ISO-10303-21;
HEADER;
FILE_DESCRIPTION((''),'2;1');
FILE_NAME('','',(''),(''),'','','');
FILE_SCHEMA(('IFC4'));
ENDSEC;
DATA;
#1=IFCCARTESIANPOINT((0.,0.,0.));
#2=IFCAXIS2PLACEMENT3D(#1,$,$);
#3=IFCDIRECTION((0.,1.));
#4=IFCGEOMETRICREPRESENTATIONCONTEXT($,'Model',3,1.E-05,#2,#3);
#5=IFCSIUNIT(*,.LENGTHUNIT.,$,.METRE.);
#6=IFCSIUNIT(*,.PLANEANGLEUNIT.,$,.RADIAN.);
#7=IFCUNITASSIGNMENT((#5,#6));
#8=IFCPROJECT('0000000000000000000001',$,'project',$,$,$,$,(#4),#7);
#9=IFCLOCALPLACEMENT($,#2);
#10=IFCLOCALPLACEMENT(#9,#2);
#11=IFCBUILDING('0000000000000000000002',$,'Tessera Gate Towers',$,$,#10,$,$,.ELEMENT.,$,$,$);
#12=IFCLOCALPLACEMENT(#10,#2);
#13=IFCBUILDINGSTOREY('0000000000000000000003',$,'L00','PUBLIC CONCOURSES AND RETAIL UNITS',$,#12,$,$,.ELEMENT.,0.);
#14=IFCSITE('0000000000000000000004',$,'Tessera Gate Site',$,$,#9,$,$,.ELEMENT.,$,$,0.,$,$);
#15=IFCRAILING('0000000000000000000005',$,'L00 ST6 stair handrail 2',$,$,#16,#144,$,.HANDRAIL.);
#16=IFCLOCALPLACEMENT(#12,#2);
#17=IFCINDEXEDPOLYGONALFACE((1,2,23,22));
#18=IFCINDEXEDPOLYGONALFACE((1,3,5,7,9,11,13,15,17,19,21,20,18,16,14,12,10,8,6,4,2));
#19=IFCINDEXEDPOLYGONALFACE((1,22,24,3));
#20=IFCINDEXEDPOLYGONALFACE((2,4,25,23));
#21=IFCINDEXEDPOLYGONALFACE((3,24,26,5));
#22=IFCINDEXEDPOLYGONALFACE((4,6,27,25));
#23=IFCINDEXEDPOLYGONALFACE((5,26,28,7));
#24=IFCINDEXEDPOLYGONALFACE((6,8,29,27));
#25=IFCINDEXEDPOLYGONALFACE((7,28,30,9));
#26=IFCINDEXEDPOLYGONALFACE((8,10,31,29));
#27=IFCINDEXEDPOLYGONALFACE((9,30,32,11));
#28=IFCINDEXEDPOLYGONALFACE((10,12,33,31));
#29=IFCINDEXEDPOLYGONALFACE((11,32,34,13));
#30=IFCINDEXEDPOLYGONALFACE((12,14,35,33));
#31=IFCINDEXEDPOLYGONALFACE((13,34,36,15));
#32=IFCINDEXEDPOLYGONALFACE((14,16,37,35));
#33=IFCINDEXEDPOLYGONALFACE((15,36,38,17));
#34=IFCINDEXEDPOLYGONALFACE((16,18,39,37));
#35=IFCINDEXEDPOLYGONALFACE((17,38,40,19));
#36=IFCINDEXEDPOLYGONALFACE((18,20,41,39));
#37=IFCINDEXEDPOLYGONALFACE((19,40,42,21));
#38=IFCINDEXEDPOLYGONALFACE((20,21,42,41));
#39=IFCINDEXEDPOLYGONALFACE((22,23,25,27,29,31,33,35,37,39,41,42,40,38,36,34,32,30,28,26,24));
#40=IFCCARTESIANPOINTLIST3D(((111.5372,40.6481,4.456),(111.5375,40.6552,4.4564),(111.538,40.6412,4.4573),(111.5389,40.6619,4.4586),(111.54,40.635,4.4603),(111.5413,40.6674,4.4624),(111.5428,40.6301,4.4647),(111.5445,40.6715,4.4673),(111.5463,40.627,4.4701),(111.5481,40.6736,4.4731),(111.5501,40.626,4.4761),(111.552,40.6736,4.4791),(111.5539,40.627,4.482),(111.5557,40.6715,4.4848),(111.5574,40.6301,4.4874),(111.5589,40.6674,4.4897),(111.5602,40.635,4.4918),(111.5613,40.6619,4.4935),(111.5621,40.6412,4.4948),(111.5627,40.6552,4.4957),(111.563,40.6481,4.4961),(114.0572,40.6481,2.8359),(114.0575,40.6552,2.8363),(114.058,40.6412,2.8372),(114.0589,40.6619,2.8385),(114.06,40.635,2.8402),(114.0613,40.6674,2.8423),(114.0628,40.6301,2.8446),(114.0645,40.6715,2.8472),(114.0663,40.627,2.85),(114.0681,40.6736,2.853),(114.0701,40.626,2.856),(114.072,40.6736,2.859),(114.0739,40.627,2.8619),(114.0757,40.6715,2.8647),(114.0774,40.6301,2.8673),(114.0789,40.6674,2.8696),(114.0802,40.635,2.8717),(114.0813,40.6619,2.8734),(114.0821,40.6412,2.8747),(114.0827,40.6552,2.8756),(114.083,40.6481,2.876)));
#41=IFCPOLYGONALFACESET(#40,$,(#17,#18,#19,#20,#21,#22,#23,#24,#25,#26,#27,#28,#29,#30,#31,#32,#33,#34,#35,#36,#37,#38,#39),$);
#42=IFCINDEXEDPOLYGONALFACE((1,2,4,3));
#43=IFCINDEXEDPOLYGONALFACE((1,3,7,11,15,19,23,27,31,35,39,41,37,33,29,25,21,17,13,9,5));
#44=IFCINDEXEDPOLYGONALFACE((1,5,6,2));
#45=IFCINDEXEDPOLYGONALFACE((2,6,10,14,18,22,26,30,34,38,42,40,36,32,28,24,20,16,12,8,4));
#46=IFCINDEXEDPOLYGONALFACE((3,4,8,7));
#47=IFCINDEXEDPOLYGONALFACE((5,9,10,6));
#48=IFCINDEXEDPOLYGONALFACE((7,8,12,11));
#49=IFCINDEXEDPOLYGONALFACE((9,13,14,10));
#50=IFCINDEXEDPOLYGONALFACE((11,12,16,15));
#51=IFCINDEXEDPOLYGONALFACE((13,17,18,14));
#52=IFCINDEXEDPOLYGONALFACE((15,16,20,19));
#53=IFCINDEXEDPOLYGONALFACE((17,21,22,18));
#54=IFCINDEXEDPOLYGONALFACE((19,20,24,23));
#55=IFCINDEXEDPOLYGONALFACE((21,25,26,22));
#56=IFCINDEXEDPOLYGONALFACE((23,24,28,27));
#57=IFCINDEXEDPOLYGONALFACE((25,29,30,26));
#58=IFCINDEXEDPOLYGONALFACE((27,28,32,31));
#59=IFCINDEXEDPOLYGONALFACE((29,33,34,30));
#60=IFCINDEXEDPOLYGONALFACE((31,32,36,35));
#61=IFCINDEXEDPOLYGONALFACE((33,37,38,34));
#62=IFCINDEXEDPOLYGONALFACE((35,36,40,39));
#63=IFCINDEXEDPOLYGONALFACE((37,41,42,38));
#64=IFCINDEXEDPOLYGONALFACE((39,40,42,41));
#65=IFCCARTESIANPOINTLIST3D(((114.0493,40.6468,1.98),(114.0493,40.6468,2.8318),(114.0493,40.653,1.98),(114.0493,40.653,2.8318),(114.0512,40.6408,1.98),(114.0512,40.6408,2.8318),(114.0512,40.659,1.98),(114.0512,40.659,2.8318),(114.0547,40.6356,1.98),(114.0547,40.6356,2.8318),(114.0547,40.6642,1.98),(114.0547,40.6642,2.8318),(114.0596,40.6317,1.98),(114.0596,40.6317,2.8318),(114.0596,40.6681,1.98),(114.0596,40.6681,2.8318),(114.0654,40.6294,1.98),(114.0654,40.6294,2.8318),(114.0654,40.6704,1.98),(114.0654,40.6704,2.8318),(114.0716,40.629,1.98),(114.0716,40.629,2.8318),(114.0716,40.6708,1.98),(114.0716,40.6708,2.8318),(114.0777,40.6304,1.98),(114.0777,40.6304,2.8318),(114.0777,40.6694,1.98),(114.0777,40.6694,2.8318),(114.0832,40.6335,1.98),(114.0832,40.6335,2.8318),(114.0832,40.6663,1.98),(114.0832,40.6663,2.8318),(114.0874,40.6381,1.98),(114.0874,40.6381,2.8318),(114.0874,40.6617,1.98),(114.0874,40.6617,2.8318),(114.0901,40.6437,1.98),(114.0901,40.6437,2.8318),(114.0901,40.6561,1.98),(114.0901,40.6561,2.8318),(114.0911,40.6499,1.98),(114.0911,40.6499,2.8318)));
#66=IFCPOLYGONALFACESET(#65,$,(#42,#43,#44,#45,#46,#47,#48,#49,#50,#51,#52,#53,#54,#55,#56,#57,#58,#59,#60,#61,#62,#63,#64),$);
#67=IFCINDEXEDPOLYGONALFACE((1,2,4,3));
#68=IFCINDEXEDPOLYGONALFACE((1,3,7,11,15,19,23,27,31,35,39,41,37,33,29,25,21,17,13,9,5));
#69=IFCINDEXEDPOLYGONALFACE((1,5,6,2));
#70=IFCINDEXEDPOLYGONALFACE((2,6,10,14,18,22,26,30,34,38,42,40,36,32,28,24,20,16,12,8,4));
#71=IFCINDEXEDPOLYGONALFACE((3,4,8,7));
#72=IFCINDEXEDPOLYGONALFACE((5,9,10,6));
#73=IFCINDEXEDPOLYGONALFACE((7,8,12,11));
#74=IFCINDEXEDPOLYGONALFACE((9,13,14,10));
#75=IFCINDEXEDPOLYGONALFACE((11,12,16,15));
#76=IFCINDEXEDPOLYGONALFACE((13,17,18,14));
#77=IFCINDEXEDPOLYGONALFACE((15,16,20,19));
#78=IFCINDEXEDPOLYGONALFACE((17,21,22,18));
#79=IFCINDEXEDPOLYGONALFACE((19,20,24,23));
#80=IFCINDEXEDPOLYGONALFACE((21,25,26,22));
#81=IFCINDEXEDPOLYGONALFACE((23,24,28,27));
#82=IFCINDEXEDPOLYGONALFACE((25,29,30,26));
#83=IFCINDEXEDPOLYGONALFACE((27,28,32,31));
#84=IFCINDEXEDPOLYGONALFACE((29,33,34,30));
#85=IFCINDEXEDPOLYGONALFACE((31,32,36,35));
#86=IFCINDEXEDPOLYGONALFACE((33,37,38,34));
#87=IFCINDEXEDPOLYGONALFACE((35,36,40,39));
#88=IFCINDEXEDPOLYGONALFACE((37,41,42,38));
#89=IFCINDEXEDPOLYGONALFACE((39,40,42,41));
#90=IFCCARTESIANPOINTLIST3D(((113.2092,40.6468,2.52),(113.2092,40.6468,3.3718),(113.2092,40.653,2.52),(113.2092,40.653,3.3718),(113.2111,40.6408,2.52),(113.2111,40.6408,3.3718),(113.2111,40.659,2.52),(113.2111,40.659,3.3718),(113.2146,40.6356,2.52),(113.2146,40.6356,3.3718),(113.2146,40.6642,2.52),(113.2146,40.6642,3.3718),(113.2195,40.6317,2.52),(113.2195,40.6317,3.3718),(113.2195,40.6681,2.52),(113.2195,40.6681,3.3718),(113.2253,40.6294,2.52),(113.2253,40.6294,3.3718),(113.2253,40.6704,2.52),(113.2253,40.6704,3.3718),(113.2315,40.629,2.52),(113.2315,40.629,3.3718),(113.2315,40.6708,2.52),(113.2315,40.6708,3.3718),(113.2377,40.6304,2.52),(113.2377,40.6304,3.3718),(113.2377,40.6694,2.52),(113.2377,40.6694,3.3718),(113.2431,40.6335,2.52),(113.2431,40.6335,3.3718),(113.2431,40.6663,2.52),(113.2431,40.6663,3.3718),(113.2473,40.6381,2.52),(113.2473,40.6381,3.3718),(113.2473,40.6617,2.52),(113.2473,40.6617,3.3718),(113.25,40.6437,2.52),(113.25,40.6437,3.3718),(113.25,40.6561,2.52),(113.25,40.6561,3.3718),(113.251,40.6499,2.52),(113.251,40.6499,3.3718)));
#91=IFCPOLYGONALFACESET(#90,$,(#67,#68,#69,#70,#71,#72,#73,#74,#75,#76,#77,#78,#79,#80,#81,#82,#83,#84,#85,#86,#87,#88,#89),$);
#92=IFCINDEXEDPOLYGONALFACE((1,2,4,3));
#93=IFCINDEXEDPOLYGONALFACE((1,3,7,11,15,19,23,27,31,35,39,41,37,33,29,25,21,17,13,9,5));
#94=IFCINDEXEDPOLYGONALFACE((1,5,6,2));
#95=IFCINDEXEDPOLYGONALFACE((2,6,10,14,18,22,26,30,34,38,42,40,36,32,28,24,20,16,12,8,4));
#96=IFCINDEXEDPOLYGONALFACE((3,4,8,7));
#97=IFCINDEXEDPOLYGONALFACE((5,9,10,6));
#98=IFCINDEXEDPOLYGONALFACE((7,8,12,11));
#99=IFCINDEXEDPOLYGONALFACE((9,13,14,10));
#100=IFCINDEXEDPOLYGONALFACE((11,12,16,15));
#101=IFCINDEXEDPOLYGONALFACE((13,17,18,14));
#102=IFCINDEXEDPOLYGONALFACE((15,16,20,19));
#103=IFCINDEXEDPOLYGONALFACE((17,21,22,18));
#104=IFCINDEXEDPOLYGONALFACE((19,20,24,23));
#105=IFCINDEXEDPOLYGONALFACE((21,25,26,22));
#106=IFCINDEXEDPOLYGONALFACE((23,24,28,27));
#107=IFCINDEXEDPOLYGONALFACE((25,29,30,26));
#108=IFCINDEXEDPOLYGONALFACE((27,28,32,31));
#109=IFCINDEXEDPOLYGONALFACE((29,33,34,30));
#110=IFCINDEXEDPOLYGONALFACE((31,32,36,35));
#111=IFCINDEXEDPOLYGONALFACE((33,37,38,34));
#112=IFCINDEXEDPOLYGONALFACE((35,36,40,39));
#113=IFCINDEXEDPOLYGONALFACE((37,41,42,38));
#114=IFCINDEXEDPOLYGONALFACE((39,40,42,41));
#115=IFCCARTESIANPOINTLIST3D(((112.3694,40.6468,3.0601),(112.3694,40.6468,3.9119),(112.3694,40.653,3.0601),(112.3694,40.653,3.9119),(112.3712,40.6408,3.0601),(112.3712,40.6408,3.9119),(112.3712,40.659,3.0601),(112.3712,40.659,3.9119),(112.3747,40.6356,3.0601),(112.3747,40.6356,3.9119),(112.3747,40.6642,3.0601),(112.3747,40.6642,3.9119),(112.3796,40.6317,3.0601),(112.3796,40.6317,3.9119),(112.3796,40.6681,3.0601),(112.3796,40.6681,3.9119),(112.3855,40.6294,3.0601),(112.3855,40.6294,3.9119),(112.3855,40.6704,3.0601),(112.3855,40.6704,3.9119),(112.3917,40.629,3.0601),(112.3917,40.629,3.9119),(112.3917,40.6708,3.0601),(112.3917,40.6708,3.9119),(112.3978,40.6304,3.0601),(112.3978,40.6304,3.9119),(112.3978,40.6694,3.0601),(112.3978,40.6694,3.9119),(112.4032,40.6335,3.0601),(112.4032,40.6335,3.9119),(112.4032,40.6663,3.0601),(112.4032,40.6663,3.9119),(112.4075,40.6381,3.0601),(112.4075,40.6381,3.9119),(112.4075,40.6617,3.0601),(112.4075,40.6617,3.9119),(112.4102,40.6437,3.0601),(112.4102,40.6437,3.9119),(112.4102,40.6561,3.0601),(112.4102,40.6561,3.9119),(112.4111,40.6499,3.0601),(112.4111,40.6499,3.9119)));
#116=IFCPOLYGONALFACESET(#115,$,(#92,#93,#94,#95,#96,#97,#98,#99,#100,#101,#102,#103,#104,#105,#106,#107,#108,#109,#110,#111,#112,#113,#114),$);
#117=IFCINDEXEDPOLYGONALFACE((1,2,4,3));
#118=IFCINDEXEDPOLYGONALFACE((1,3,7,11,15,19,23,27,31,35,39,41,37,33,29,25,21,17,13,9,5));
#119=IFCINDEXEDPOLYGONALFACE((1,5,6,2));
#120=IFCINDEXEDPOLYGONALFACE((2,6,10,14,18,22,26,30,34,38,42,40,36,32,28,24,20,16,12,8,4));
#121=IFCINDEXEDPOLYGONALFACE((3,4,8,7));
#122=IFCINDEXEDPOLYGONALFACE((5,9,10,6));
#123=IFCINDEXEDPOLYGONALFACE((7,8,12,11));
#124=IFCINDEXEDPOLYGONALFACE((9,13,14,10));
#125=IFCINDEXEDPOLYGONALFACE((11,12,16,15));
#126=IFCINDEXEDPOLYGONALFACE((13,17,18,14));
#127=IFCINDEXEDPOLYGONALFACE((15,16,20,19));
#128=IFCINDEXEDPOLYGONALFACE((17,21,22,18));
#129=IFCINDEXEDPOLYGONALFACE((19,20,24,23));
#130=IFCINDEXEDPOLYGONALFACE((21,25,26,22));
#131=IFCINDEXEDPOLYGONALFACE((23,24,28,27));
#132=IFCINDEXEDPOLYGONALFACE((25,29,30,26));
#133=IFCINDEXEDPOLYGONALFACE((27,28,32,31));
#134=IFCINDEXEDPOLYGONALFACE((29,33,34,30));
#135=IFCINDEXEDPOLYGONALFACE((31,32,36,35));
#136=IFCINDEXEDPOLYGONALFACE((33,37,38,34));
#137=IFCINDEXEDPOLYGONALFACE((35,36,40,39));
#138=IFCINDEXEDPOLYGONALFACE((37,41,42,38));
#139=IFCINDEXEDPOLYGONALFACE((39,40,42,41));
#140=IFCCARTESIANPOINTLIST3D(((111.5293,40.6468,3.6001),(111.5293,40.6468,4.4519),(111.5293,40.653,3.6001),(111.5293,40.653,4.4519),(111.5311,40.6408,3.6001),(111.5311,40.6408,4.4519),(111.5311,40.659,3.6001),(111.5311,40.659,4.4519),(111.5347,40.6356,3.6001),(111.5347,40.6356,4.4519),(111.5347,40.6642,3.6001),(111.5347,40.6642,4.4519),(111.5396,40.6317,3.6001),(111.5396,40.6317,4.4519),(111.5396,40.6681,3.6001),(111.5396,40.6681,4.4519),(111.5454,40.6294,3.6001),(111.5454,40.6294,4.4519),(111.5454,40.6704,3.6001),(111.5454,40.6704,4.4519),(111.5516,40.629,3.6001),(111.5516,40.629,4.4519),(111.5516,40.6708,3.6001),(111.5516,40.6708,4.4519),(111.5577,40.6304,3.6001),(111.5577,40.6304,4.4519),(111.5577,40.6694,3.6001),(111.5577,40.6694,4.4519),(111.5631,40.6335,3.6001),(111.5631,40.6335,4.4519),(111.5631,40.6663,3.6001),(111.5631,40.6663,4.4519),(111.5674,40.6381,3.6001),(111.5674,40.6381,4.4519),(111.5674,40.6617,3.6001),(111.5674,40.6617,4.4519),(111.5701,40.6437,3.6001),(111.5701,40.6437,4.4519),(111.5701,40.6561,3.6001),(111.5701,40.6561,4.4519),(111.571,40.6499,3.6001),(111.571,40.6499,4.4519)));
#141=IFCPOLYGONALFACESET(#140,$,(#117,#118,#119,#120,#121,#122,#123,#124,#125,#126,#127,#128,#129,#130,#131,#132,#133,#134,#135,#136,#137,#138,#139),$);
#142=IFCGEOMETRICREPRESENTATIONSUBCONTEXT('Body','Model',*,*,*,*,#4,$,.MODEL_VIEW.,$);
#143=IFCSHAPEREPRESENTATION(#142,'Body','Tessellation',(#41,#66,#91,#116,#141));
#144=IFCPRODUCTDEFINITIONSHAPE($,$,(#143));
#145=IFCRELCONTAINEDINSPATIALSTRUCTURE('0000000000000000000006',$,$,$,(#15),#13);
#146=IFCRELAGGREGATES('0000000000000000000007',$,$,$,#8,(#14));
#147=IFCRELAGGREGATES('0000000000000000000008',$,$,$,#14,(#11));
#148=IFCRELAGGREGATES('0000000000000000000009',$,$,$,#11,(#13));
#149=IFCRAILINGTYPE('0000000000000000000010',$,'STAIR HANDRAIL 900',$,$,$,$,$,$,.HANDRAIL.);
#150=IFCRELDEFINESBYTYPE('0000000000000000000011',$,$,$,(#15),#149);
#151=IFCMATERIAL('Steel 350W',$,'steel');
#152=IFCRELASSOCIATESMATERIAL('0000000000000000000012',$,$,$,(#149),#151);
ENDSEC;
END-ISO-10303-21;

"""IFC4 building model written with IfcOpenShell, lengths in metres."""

from ifc_helpers import new_model, si_unit, direction, frame, origin, origin_2d, place, context, subcontext, project, spatial, circle, extrude, material, type_object, element, save


model = new_model("IFC4")

# Units and contexts
model_context = context("Model", 3, precision=1e-05, world=origin(), true_north=direction((0.0, 1.0)))
body_context = subcontext(model_context, "Body", "Model", "MODEL_VIEW")
ifc_project = project(units=[si_unit("LENGTHUNIT", "METRE"), si_unit("PLANEANGLEUNIT", "RADIAN")], contexts=[model_context])

# Site, building, storey
site_placement = place(None, origin())
site = spatial("IfcSite", under=ifc_project, at=site_placement, Name="Tessera Gate Site", CompositionType="ELEMENT", RefElevation=0.0)
building_placement = place(site_placement, origin())
building = spatial("IfcBuilding", under=site, at=building_placement, Name="Tessera Gate Towers", CompositionType="ELEMENT")
storey_placement = place(building_placement, origin())
storey = spatial("IfcBuildingStorey", under=building, at=storey_placement, Name="L00", Description="PUBLIC CONCOURSES AND RETAIL UNITS", CompositionType="ELEMENT", Elevation=0.0)

# Railing
ifc_material_1 = material(Name="Steel 350W", Category="steel")
railing_type_1 = type_object("IfcRailingType", Name="STAIR HANDRAIL 900", PredefinedType="HANDRAIL", material=ifc_material_1)
railing_1_placement = place(storey_placement, frame((114.0701, 40.6499, 1.98)))
element("IfcRailing", 1, at=railing_1_placement, inside=storey, type_object=railing_type_1, Name="L00 ST6 stair handrail 2", PredefinedType="HANDRAIL", context=body_context, shape_type="SweptSolid", body=[
    extrude(circle(Radius=0.0239, at=origin_2d()), frame((0.0, 0.0, 0.876), z_axis=(-0.841163, 0.0, 0.540782), x_axis=(0.0, -1.0, 0.0)), (0.0, 0.0, 1.0), 2.9958),
    extrude(circle(Radius=0.021, at=origin_2d()), origin(), (0.0, 0.0, 1.0), 0.8518),
    extrude(circle(Radius=0.021, at=origin_2d()), frame((-0.8401, 0.0, 0.54)), (0.0, 0.0, 1.0), 0.8518),
    extrude(circle(Radius=0.021, at=origin_2d()), frame((-1.6799, 0.0, 1.0801)), (0.0, 0.0, 1.0), 0.8518),
    extrude(circle(Radius=0.021, at=origin_2d()), frame((-2.52, 0.0, 1.6201)), (0.0, 0.0, 1.0), 0.8518),
])

save(model, "model.ifc")
